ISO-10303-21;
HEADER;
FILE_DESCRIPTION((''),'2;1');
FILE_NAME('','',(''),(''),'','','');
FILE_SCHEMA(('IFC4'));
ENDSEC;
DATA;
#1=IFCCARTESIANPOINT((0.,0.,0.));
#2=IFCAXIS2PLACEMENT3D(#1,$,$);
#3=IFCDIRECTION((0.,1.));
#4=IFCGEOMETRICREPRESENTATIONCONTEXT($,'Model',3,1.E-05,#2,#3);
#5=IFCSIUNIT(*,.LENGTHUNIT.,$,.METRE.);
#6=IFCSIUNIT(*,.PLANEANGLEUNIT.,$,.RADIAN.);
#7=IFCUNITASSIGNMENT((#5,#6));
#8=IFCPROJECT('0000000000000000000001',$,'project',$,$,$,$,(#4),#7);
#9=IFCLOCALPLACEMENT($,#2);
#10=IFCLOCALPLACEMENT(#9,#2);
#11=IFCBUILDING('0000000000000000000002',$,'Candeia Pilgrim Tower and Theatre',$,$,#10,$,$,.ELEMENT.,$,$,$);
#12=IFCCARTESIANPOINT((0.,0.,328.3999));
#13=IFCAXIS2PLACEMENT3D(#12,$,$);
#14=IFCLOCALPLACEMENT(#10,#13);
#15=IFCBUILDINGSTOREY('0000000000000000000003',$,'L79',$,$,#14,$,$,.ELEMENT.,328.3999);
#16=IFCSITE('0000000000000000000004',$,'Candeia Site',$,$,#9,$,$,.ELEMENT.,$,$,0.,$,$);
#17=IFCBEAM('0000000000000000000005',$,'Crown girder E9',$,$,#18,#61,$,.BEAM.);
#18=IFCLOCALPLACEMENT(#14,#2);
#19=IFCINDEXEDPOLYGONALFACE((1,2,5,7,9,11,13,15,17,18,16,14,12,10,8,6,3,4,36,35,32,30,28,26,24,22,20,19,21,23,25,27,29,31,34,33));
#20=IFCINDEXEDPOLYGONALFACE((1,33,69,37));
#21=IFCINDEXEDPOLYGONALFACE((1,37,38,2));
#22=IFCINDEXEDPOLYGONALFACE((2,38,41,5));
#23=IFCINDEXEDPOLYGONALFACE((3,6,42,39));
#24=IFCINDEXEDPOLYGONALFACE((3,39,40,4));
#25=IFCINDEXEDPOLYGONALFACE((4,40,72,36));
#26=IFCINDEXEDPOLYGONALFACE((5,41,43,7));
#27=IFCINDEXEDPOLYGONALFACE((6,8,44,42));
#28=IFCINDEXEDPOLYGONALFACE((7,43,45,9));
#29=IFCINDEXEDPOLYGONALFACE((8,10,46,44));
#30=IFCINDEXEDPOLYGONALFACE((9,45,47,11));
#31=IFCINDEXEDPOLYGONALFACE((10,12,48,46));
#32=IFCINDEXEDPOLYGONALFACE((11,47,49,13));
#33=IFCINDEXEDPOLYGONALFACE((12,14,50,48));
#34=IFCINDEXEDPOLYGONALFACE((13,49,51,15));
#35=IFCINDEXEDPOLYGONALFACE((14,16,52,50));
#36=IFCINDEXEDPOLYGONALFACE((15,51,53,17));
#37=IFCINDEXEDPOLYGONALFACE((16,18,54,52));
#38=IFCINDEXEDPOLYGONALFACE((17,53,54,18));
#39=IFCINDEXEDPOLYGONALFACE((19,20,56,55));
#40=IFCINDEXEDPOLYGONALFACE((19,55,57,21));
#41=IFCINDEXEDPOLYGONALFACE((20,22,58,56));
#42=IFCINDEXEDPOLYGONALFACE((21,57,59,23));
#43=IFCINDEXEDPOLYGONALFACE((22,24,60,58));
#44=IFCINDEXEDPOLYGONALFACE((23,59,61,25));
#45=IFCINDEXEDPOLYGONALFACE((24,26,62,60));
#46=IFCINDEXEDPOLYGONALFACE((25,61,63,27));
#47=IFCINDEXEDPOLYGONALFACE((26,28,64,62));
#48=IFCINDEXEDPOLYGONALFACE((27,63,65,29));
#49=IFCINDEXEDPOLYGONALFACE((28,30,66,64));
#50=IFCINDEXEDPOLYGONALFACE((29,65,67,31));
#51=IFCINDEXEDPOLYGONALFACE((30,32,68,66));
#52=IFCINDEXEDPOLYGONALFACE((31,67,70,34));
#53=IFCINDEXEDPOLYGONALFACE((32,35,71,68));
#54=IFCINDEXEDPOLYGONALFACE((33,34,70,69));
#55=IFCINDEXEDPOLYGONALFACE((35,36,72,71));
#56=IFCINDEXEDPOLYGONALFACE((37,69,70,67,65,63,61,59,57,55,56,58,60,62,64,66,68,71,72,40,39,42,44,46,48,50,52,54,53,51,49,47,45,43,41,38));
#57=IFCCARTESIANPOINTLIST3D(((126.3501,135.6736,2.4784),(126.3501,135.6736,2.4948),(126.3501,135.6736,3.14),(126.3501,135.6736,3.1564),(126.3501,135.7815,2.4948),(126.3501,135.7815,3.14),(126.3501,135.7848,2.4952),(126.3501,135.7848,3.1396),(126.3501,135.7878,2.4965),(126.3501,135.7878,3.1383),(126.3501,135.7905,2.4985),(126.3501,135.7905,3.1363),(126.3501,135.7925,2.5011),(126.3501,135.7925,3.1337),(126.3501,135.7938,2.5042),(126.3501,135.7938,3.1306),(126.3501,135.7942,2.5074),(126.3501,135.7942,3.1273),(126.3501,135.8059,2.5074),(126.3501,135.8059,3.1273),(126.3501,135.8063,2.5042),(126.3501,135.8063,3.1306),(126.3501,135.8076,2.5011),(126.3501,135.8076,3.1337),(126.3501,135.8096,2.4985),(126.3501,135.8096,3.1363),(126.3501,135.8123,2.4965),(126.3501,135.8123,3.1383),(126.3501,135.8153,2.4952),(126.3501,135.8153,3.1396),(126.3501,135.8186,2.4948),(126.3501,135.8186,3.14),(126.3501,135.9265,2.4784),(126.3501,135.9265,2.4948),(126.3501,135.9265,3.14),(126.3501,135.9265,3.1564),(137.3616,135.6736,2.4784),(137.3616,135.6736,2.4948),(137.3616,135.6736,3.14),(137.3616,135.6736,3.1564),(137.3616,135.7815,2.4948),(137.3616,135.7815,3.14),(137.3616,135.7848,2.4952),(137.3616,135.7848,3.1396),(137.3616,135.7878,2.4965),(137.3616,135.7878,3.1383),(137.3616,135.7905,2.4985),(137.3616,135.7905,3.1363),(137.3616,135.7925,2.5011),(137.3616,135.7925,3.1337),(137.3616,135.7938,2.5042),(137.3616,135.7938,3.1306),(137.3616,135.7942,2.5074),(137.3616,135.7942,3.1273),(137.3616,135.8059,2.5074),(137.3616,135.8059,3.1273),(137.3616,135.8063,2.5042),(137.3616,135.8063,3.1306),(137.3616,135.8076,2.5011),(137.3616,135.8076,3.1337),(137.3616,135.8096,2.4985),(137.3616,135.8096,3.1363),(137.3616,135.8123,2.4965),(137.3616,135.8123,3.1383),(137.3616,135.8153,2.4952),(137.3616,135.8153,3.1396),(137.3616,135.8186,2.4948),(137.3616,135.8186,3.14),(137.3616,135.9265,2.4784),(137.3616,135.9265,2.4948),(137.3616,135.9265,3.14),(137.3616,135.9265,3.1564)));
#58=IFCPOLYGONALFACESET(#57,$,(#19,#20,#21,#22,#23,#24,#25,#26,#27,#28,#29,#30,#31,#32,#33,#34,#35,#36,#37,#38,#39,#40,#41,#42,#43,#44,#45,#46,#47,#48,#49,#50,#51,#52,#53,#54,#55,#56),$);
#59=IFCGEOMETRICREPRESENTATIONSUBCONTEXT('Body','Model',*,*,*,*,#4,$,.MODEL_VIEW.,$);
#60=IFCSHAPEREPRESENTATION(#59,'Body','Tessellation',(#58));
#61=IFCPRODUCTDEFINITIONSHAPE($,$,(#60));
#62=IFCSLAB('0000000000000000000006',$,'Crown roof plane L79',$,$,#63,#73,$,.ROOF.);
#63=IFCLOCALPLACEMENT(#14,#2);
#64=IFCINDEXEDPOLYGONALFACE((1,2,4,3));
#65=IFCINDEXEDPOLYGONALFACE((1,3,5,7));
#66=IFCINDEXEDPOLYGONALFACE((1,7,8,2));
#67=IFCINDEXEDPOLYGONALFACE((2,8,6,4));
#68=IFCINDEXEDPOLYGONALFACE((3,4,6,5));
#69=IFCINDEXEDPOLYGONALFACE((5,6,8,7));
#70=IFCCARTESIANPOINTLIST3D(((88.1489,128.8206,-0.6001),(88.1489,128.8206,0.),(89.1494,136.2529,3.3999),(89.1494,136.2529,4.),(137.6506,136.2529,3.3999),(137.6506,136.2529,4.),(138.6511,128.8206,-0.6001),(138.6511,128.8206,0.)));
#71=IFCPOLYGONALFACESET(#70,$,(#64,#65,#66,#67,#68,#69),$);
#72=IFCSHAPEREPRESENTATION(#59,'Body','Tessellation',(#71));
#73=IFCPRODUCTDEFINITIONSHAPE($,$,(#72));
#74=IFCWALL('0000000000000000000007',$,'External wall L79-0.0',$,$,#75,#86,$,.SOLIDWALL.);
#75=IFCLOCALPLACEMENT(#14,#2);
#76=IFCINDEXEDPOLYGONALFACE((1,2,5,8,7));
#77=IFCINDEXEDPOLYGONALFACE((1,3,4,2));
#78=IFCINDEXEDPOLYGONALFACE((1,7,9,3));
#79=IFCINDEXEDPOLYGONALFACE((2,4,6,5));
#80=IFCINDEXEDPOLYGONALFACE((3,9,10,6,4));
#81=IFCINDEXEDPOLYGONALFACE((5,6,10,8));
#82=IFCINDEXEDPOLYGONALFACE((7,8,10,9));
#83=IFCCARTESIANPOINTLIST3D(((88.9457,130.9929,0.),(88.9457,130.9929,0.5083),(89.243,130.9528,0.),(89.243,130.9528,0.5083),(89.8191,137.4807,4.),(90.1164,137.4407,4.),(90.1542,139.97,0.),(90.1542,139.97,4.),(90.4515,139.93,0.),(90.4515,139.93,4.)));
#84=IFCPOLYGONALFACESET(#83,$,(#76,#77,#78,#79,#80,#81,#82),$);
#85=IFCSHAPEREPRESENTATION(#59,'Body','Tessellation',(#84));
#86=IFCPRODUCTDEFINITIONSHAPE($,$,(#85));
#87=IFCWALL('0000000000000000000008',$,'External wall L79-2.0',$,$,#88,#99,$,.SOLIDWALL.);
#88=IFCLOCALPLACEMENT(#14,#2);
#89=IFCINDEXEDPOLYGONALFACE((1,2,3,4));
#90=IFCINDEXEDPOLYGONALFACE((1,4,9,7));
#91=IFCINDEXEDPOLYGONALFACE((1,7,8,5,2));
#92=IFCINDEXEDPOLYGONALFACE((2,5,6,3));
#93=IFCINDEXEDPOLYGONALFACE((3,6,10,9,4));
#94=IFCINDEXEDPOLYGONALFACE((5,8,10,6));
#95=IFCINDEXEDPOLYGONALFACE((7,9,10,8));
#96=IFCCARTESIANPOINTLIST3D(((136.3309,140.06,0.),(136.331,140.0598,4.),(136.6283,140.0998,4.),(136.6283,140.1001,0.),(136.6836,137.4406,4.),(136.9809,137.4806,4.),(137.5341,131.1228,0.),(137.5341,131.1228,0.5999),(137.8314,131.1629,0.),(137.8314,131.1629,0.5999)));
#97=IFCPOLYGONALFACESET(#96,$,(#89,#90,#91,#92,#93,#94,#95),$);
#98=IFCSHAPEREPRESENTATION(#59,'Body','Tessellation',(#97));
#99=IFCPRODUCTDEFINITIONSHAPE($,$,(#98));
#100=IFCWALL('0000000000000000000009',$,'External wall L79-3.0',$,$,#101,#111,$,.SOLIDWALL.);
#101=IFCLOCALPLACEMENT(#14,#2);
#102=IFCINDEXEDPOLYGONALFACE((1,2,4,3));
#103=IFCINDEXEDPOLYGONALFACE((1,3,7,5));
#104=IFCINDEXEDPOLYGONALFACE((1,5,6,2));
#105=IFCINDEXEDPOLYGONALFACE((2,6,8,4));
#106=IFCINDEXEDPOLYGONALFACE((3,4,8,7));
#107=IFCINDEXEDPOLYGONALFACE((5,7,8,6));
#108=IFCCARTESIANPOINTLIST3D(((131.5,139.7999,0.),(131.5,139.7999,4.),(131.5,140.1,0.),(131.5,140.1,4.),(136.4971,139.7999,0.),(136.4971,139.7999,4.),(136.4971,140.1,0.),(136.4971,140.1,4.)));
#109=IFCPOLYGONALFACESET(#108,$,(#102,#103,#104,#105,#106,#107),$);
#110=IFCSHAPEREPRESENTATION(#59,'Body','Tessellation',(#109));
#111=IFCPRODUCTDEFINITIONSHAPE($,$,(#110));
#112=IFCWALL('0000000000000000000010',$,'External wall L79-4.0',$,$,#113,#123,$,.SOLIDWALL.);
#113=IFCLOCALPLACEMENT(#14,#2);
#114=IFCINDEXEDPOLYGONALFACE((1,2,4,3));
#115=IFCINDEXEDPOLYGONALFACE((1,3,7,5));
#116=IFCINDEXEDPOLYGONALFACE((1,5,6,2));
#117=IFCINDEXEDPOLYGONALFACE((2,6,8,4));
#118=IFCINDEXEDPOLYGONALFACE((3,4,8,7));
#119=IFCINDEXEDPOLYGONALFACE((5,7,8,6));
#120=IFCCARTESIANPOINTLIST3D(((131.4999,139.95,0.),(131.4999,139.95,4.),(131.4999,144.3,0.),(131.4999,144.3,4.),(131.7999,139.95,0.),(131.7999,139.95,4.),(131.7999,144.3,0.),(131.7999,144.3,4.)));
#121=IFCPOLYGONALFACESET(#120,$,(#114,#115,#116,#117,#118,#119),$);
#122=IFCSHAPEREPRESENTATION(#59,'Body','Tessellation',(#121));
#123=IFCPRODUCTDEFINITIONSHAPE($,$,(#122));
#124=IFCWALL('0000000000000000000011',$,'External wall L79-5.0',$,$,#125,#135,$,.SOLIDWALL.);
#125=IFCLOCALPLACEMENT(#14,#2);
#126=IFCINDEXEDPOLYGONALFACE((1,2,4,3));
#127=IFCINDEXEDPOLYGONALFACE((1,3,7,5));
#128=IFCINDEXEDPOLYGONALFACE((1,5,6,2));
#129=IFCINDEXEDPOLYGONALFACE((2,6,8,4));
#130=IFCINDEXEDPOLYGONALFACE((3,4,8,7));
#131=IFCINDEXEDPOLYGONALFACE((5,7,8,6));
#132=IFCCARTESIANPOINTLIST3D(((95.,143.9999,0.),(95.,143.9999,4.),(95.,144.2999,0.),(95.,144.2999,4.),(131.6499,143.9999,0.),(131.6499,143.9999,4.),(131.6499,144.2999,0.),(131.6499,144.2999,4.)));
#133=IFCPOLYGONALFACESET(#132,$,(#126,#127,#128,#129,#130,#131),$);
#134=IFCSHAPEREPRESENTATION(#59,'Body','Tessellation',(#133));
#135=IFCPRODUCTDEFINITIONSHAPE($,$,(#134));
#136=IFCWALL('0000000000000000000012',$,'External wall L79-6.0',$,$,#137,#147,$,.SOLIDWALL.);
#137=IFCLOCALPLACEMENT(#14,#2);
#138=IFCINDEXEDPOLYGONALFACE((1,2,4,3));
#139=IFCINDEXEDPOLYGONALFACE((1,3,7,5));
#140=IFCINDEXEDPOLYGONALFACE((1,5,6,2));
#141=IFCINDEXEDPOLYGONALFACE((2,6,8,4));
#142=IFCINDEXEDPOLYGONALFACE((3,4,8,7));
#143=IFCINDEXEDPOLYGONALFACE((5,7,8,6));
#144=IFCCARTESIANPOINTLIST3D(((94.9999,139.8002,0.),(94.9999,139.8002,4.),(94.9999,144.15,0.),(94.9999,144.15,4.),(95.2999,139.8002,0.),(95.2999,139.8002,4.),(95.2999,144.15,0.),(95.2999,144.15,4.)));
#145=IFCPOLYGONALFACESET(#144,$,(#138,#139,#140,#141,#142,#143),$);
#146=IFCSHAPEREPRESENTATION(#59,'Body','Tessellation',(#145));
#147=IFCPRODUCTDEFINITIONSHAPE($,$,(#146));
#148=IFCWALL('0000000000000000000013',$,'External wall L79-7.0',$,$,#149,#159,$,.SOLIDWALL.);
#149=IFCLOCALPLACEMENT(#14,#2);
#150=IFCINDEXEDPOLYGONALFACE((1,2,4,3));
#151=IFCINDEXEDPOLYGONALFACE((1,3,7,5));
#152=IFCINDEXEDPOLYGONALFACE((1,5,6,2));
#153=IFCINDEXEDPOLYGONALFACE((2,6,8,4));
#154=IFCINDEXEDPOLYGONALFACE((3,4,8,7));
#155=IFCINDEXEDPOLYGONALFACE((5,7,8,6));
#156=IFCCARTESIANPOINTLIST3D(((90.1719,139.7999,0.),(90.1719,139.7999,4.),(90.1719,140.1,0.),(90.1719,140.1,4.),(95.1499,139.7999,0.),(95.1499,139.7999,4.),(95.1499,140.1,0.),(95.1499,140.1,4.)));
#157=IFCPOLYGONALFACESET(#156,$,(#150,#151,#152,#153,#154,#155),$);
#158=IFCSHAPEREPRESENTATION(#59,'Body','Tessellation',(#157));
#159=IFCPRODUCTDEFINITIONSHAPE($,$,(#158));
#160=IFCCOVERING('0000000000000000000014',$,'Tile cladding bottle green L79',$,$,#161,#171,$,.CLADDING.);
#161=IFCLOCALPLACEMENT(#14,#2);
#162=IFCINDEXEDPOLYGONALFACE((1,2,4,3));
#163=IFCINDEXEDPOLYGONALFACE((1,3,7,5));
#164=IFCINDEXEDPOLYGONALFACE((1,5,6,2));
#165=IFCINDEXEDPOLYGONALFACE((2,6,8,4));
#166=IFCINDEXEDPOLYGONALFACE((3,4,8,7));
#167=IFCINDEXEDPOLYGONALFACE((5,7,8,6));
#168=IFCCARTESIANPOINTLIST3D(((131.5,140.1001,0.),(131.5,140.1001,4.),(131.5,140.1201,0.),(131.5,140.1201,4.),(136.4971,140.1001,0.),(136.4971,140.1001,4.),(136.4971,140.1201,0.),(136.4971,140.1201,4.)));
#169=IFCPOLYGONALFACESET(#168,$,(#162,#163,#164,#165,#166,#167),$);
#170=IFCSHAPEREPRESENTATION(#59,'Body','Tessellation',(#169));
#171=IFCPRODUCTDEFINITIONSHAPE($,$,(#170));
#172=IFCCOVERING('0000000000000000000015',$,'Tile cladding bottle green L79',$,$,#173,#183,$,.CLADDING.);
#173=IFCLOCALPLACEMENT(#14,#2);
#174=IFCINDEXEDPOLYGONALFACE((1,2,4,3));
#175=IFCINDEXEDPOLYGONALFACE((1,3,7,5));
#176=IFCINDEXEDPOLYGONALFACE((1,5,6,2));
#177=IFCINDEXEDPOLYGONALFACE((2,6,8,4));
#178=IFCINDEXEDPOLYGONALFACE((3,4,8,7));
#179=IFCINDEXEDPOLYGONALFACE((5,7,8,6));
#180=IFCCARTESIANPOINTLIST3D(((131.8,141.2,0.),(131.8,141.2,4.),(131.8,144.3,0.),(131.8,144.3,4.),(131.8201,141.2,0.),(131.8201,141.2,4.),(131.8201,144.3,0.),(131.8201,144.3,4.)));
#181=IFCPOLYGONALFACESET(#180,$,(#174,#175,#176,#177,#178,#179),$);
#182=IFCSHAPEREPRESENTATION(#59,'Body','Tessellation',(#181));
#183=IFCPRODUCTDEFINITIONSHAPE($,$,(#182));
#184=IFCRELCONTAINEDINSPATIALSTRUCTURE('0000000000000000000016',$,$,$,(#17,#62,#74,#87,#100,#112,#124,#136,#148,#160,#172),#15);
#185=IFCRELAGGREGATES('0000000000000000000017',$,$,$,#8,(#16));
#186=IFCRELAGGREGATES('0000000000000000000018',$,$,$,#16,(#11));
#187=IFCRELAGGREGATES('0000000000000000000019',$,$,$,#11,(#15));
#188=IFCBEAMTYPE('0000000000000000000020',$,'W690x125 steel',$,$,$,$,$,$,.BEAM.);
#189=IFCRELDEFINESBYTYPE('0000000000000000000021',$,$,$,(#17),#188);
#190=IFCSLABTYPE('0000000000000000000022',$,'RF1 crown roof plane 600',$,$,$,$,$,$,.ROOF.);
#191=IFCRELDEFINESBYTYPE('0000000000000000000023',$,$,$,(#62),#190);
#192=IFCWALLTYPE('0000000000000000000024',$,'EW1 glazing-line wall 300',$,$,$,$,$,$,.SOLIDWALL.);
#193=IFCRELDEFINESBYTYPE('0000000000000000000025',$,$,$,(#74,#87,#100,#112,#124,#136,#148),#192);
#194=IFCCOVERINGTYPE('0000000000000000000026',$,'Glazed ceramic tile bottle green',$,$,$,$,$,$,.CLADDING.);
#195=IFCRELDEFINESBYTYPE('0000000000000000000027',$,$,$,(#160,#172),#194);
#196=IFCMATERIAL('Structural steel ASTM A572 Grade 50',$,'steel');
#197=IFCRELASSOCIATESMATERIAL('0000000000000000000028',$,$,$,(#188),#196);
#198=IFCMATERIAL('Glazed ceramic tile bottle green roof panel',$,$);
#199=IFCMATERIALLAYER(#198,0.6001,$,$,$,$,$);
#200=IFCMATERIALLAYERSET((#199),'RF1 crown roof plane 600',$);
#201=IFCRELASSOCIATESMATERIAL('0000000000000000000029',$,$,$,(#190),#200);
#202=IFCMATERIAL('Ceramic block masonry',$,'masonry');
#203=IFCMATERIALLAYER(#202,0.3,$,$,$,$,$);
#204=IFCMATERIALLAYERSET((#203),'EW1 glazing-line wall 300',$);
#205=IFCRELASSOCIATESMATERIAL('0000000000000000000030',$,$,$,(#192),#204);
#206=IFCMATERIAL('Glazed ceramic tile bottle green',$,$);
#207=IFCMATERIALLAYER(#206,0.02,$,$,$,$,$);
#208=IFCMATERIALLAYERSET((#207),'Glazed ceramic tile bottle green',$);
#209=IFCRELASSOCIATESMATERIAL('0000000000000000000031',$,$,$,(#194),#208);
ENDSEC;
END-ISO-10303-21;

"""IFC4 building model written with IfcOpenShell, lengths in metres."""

from ifc_helpers import new_model, si_unit, direction, frame, frame_2d, origin, origin_2d, place, context, subcontext, project, spatial, polyline, rectangle, i_section, outline, extrude, material, layer, layer_set, material_profile, profile_set, type_object, element, save


model = new_model("IFC4")

# Units and contexts
model_context = context("Model", 3, precision=1e-05, world=origin(), true_north=direction((0.0, 1.0)))
body_context = subcontext(model_context, "Body", "Model", "MODEL_VIEW")
ifc_project = project(units=[si_unit("LENGTHUNIT", "METRE"), si_unit("PLANEANGLEUNIT", "RADIAN")], contexts=[model_context])

# Site, building, storey
site_placement = place(None, origin())
site = spatial("IfcSite", under=ifc_project, at=site_placement, Name="Candeia Site", CompositionType="ELEMENT", RefElevation=0.0)
building_placement = place(site_placement, origin())
building = spatial("IfcBuilding", under=site, at=building_placement, Name="Candeia Pilgrim Tower and Theatre", CompositionType="ELEMENT")
storey_placement = place(building_placement, frame((0.0, 0.0, 328.3999)))
storey = spatial("IfcBuildingStorey", under=building, at=storey_placement, Name="L79", CompositionType="ELEMENT", Elevation=328.3999)

# Beam
ifc_material_1 = material(Name="Structural steel ASTM A572 Grade 50", Category="steel")
ifc_material_profile_1 = material_profile(ifc_material_1, i_section(OverallWidth=0.2529, OverallDepth=0.678, WebThickness=0.0117, FlangeThickness=0.0164, FilletRadius=0.0127, at=origin_2d()))
ifc_profile_set_1 = profile_set([ifc_material_profile_1], Name="Structural steel ASTM A572 Grade 50")
beam_type = type_object("IfcBeamType", Name="W690x125 steel", PredefinedType="BEAM", material=ifc_profile_set_1)
beam_1_placement = place(storey_placement, frame((126.3501, 135.8, 2.8174), z_axis=(1.0, 0.0, 0.0), x_axis=(0.0, 1.0, 0.0)))
element("IfcBeam", 1, at=beam_1_placement, inside=storey, type_object=beam_type, Name="Crown girder E9", PredefinedType="BEAM", context=body_context, shape_type="SweptSolid", body=[
    extrude(i_section(OverallWidth=0.2529, OverallDepth=0.678, WebThickness=0.0117, FlangeThickness=0.0164, FilletRadius=0.0127, at=origin_2d()), origin(), (0.0, 0.0, 1.0), 11.0115),
])

# Slab
ifc_material_2 = material(Name="Glazed ceramic tile bottle green roof panel")
ifc_layer_1 = layer(ifc_material_2, 0.6001)
ifc_layer_set_1 = layer_set([ifc_layer_1], Name="RF1 crown roof plane 600")
slab_type = type_object("IfcSlabType", Name="RF1 crown roof plane 600", PredefinedType="ROOF", material=ifc_layer_set_1)
slab_placement = place(storey_placement, frame((138.6511, 128.8206, 0.0), z_axis=(0.0, -0.473912, 0.880572), x_axis=(-0.117712, 0.87445, 0.470617)))
element("IfcSlab", 2, at=slab_placement, inside=storey, type_object=slab_type, Name="Crown roof plane L79", PredefinedType="ROOF", context=body_context, shape_type="SweptSolid", body=[
    extrude(outline(polyline([(0.0, 0.0), (8.4995, 0.0), (14.2086, 48.164), (5.9447, 50.1511), (0.0, 0.0)])), origin(), (-0.470617, 0.055785, -0.880572), 0.6001),
])

# Walls
ifc_material_3 = material(Name="Ceramic block masonry", Category="masonry")
ifc_layer_2 = layer(ifc_material_3, 0.3)
ifc_layer_set_2 = layer_set([ifc_layer_2], Name="EW1 glazing-line wall 300")
wall_type = type_object("IfcWallType", Name="EW1 glazing-line wall 300", PredefinedType="SOLIDWALL", material=ifc_layer_set_2)
wall_1_placement = place(storey_placement, frame((90.303, 139.95, 0.0), z_axis=(0.0, 0.0, 1.0), x_axis=(-0.133417, -0.99106, 0.0)))
element("IfcWall", 3, at=wall_1_placement, inside=storey, type_object=wall_type, Name="External wall L79-0.0", PredefinedType="SOLIDWALL", context=body_context, shape_type="SweptSolid", body=[
    extrude(outline(polyline([(0.0, 0.0), (9.0581, 0.0), (9.0581, 0.5083), (2.5117, 4.0), (0.0, 4.0), (0.0, 0.0)])), frame((0.0, 0.1499, 0.0), z_axis=(0.0, -1.0, 0.0), x_axis=(1.0, 0.0, 0.0)), (0.0, 0.0, 1.0), 0.3),
])
wall_2_placement = place(storey_placement, frame((137.6826, 131.1428, 0.0), z_axis=(0.0, 0.0, 1.0), x_axis=(-0.133416, 0.99106, 0.0)))
element("IfcWall", 4, at=wall_2_placement, inside=storey, type_object=wall_type, Name="External wall L79-2.0", PredefinedType="SOLIDWALL", context=body_context, shape_type="SweptSolid", body=[
    extrude(outline(polyline([(0.0, 0.0), (9.0178, 0.0), (9.0176, 4.0), (6.3748, 4.0), (0.0, 0.5999), (0.0, 0.0)])), frame((0.0, 0.1499, 0.0), z_axis=(0.0, -1.0, 0.0), x_axis=(1.0, 0.0, 0.0)), (0.0, 0.0, 1.0), 0.3),
])
wall_3_placement = place(storey_placement, frame((136.4971, 139.95, 0.0), z_axis=(0.0, 0.0, 1.0), x_axis=(-1.0, 0.0, 0.0)))
element("IfcWall", 5, at=wall_3_placement, inside=storey, type_object=wall_type, Name="External wall L79-3.0", PredefinedType="SOLIDWALL", context=body_context, shape_type="SweptSolid", body=[
    extrude(rectangle(XDim=4.9971, YDim=0.3, at=frame_2d((2.4985, 0.0))), origin(), (0.0, 0.0, 1.0), 4.0),
])
wall_4_placement = place(storey_placement, frame((131.6499, 139.95, 0.0), z_axis=(0.0, 0.0, 1.0), x_axis=(0.0, 1.0, 0.0)))
element("IfcWall", 6, at=wall_4_placement, inside=storey, type_object=wall_type, Name="External wall L79-4.0", PredefinedType="SOLIDWALL", context=body_context, shape_type="SweptSolid", body=[
    extrude(rectangle(XDim=4.3501, YDim=0.3, at=frame_2d((2.175, 0.0))), origin(), (0.0, 0.0, 1.0), 4.0),
])
wall_5_placement = place(storey_placement, frame((131.6499, 144.1499, 0.0), z_axis=(0.0, 0.0, 1.0), x_axis=(-1.0, 0.0, 0.0)))
element("IfcWall", 7, at=wall_5_placement, inside=storey, type_object=wall_type, Name="External wall L79-5.0", PredefinedType="SOLIDWALL", context=body_context, shape_type="SweptSolid", body=[
    extrude(rectangle(XDim=36.6499, YDim=0.3, at=frame_2d((18.325, 0.0))), origin(), (0.0, 0.0, 1.0), 4.0),
])
wall_6_placement = place(storey_placement, frame((95.1499, 144.1499, 0.0), z_axis=(0.0, 0.0, 1.0), x_axis=(0.0, -1.0, 0.0)))
element("IfcWall", 8, at=wall_6_placement, inside=storey, type_object=wall_type, Name="External wall L79-6.0", PredefinedType="SOLIDWALL", context=body_context, shape_type="SweptSolid", body=[
    extrude(rectangle(XDim=4.3499, YDim=0.3, at=frame_2d((2.1748, 0.0))), origin(), (0.0, 0.0, 1.0), 4.0),
])
wall_7_placement = place(storey_placement, frame((95.1499, 139.95, 0.0), z_axis=(0.0, 0.0, 1.0), x_axis=(-1.0, 0.0, 0.0)))
element("IfcWall", 9, at=wall_7_placement, inside=storey, type_object=wall_type, Name="External wall L79-7.0", PredefinedType="SOLIDWALL", context=body_context, shape_type="SweptSolid", body=[
    extrude(rectangle(XDim=4.978, YDim=0.3, at=frame_2d((2.489, 0.0))), origin(), (0.0, 0.0, 1.0), 4.0),
])

# Coverings
ifc_material_4 = material(Name="Glazed ceramic tile bottle green")
ifc_layer_3 = layer(ifc_material_4, 0.02)
ifc_layer_set_3 = layer_set([ifc_layer_3], Name="Glazed ceramic tile bottle green")
covering_type_1 = type_object("IfcCoveringType", Name="Glazed ceramic tile bottle green", PredefinedType="CLADDING", material=ifc_layer_set_3)
covering_1_placement = place(storey_placement, frame((133.9985, 140.1101, 0.0), z_axis=(0.0, 0.0, 1.0), x_axis=(-1.0, 0.0, 0.0)))
element("IfcCovering", 10, at=covering_1_placement, inside=storey, type_object=covering_type_1, Name="Tile cladding bottle green L79", PredefinedType="CLADDING", context=body_context, shape_type="SweptSolid", body=[
    extrude(rectangle(XDim=4.9971, YDim=0.02, at=origin_2d()), origin(), (0.0, 0.0, 1.0), 4.0),
])
covering_2_placement = place(storey_placement, frame((131.8101, 142.75, 0.0), z_axis=(0.0, 0.0, 1.0), x_axis=(0.0, 1.0, 0.0)))
element("IfcCovering", 11, at=covering_2_placement, inside=storey, type_object=covering_type_1, Name="Tile cladding bottle green L79", PredefinedType="CLADDING", context=body_context, shape_type="SweptSolid", body=[
    extrude(rectangle(XDim=3.1001, YDim=0.02, at=origin_2d()), origin(), (0.0, 0.0, 1.0), 4.0),
])

save(model, "model.ifc")
